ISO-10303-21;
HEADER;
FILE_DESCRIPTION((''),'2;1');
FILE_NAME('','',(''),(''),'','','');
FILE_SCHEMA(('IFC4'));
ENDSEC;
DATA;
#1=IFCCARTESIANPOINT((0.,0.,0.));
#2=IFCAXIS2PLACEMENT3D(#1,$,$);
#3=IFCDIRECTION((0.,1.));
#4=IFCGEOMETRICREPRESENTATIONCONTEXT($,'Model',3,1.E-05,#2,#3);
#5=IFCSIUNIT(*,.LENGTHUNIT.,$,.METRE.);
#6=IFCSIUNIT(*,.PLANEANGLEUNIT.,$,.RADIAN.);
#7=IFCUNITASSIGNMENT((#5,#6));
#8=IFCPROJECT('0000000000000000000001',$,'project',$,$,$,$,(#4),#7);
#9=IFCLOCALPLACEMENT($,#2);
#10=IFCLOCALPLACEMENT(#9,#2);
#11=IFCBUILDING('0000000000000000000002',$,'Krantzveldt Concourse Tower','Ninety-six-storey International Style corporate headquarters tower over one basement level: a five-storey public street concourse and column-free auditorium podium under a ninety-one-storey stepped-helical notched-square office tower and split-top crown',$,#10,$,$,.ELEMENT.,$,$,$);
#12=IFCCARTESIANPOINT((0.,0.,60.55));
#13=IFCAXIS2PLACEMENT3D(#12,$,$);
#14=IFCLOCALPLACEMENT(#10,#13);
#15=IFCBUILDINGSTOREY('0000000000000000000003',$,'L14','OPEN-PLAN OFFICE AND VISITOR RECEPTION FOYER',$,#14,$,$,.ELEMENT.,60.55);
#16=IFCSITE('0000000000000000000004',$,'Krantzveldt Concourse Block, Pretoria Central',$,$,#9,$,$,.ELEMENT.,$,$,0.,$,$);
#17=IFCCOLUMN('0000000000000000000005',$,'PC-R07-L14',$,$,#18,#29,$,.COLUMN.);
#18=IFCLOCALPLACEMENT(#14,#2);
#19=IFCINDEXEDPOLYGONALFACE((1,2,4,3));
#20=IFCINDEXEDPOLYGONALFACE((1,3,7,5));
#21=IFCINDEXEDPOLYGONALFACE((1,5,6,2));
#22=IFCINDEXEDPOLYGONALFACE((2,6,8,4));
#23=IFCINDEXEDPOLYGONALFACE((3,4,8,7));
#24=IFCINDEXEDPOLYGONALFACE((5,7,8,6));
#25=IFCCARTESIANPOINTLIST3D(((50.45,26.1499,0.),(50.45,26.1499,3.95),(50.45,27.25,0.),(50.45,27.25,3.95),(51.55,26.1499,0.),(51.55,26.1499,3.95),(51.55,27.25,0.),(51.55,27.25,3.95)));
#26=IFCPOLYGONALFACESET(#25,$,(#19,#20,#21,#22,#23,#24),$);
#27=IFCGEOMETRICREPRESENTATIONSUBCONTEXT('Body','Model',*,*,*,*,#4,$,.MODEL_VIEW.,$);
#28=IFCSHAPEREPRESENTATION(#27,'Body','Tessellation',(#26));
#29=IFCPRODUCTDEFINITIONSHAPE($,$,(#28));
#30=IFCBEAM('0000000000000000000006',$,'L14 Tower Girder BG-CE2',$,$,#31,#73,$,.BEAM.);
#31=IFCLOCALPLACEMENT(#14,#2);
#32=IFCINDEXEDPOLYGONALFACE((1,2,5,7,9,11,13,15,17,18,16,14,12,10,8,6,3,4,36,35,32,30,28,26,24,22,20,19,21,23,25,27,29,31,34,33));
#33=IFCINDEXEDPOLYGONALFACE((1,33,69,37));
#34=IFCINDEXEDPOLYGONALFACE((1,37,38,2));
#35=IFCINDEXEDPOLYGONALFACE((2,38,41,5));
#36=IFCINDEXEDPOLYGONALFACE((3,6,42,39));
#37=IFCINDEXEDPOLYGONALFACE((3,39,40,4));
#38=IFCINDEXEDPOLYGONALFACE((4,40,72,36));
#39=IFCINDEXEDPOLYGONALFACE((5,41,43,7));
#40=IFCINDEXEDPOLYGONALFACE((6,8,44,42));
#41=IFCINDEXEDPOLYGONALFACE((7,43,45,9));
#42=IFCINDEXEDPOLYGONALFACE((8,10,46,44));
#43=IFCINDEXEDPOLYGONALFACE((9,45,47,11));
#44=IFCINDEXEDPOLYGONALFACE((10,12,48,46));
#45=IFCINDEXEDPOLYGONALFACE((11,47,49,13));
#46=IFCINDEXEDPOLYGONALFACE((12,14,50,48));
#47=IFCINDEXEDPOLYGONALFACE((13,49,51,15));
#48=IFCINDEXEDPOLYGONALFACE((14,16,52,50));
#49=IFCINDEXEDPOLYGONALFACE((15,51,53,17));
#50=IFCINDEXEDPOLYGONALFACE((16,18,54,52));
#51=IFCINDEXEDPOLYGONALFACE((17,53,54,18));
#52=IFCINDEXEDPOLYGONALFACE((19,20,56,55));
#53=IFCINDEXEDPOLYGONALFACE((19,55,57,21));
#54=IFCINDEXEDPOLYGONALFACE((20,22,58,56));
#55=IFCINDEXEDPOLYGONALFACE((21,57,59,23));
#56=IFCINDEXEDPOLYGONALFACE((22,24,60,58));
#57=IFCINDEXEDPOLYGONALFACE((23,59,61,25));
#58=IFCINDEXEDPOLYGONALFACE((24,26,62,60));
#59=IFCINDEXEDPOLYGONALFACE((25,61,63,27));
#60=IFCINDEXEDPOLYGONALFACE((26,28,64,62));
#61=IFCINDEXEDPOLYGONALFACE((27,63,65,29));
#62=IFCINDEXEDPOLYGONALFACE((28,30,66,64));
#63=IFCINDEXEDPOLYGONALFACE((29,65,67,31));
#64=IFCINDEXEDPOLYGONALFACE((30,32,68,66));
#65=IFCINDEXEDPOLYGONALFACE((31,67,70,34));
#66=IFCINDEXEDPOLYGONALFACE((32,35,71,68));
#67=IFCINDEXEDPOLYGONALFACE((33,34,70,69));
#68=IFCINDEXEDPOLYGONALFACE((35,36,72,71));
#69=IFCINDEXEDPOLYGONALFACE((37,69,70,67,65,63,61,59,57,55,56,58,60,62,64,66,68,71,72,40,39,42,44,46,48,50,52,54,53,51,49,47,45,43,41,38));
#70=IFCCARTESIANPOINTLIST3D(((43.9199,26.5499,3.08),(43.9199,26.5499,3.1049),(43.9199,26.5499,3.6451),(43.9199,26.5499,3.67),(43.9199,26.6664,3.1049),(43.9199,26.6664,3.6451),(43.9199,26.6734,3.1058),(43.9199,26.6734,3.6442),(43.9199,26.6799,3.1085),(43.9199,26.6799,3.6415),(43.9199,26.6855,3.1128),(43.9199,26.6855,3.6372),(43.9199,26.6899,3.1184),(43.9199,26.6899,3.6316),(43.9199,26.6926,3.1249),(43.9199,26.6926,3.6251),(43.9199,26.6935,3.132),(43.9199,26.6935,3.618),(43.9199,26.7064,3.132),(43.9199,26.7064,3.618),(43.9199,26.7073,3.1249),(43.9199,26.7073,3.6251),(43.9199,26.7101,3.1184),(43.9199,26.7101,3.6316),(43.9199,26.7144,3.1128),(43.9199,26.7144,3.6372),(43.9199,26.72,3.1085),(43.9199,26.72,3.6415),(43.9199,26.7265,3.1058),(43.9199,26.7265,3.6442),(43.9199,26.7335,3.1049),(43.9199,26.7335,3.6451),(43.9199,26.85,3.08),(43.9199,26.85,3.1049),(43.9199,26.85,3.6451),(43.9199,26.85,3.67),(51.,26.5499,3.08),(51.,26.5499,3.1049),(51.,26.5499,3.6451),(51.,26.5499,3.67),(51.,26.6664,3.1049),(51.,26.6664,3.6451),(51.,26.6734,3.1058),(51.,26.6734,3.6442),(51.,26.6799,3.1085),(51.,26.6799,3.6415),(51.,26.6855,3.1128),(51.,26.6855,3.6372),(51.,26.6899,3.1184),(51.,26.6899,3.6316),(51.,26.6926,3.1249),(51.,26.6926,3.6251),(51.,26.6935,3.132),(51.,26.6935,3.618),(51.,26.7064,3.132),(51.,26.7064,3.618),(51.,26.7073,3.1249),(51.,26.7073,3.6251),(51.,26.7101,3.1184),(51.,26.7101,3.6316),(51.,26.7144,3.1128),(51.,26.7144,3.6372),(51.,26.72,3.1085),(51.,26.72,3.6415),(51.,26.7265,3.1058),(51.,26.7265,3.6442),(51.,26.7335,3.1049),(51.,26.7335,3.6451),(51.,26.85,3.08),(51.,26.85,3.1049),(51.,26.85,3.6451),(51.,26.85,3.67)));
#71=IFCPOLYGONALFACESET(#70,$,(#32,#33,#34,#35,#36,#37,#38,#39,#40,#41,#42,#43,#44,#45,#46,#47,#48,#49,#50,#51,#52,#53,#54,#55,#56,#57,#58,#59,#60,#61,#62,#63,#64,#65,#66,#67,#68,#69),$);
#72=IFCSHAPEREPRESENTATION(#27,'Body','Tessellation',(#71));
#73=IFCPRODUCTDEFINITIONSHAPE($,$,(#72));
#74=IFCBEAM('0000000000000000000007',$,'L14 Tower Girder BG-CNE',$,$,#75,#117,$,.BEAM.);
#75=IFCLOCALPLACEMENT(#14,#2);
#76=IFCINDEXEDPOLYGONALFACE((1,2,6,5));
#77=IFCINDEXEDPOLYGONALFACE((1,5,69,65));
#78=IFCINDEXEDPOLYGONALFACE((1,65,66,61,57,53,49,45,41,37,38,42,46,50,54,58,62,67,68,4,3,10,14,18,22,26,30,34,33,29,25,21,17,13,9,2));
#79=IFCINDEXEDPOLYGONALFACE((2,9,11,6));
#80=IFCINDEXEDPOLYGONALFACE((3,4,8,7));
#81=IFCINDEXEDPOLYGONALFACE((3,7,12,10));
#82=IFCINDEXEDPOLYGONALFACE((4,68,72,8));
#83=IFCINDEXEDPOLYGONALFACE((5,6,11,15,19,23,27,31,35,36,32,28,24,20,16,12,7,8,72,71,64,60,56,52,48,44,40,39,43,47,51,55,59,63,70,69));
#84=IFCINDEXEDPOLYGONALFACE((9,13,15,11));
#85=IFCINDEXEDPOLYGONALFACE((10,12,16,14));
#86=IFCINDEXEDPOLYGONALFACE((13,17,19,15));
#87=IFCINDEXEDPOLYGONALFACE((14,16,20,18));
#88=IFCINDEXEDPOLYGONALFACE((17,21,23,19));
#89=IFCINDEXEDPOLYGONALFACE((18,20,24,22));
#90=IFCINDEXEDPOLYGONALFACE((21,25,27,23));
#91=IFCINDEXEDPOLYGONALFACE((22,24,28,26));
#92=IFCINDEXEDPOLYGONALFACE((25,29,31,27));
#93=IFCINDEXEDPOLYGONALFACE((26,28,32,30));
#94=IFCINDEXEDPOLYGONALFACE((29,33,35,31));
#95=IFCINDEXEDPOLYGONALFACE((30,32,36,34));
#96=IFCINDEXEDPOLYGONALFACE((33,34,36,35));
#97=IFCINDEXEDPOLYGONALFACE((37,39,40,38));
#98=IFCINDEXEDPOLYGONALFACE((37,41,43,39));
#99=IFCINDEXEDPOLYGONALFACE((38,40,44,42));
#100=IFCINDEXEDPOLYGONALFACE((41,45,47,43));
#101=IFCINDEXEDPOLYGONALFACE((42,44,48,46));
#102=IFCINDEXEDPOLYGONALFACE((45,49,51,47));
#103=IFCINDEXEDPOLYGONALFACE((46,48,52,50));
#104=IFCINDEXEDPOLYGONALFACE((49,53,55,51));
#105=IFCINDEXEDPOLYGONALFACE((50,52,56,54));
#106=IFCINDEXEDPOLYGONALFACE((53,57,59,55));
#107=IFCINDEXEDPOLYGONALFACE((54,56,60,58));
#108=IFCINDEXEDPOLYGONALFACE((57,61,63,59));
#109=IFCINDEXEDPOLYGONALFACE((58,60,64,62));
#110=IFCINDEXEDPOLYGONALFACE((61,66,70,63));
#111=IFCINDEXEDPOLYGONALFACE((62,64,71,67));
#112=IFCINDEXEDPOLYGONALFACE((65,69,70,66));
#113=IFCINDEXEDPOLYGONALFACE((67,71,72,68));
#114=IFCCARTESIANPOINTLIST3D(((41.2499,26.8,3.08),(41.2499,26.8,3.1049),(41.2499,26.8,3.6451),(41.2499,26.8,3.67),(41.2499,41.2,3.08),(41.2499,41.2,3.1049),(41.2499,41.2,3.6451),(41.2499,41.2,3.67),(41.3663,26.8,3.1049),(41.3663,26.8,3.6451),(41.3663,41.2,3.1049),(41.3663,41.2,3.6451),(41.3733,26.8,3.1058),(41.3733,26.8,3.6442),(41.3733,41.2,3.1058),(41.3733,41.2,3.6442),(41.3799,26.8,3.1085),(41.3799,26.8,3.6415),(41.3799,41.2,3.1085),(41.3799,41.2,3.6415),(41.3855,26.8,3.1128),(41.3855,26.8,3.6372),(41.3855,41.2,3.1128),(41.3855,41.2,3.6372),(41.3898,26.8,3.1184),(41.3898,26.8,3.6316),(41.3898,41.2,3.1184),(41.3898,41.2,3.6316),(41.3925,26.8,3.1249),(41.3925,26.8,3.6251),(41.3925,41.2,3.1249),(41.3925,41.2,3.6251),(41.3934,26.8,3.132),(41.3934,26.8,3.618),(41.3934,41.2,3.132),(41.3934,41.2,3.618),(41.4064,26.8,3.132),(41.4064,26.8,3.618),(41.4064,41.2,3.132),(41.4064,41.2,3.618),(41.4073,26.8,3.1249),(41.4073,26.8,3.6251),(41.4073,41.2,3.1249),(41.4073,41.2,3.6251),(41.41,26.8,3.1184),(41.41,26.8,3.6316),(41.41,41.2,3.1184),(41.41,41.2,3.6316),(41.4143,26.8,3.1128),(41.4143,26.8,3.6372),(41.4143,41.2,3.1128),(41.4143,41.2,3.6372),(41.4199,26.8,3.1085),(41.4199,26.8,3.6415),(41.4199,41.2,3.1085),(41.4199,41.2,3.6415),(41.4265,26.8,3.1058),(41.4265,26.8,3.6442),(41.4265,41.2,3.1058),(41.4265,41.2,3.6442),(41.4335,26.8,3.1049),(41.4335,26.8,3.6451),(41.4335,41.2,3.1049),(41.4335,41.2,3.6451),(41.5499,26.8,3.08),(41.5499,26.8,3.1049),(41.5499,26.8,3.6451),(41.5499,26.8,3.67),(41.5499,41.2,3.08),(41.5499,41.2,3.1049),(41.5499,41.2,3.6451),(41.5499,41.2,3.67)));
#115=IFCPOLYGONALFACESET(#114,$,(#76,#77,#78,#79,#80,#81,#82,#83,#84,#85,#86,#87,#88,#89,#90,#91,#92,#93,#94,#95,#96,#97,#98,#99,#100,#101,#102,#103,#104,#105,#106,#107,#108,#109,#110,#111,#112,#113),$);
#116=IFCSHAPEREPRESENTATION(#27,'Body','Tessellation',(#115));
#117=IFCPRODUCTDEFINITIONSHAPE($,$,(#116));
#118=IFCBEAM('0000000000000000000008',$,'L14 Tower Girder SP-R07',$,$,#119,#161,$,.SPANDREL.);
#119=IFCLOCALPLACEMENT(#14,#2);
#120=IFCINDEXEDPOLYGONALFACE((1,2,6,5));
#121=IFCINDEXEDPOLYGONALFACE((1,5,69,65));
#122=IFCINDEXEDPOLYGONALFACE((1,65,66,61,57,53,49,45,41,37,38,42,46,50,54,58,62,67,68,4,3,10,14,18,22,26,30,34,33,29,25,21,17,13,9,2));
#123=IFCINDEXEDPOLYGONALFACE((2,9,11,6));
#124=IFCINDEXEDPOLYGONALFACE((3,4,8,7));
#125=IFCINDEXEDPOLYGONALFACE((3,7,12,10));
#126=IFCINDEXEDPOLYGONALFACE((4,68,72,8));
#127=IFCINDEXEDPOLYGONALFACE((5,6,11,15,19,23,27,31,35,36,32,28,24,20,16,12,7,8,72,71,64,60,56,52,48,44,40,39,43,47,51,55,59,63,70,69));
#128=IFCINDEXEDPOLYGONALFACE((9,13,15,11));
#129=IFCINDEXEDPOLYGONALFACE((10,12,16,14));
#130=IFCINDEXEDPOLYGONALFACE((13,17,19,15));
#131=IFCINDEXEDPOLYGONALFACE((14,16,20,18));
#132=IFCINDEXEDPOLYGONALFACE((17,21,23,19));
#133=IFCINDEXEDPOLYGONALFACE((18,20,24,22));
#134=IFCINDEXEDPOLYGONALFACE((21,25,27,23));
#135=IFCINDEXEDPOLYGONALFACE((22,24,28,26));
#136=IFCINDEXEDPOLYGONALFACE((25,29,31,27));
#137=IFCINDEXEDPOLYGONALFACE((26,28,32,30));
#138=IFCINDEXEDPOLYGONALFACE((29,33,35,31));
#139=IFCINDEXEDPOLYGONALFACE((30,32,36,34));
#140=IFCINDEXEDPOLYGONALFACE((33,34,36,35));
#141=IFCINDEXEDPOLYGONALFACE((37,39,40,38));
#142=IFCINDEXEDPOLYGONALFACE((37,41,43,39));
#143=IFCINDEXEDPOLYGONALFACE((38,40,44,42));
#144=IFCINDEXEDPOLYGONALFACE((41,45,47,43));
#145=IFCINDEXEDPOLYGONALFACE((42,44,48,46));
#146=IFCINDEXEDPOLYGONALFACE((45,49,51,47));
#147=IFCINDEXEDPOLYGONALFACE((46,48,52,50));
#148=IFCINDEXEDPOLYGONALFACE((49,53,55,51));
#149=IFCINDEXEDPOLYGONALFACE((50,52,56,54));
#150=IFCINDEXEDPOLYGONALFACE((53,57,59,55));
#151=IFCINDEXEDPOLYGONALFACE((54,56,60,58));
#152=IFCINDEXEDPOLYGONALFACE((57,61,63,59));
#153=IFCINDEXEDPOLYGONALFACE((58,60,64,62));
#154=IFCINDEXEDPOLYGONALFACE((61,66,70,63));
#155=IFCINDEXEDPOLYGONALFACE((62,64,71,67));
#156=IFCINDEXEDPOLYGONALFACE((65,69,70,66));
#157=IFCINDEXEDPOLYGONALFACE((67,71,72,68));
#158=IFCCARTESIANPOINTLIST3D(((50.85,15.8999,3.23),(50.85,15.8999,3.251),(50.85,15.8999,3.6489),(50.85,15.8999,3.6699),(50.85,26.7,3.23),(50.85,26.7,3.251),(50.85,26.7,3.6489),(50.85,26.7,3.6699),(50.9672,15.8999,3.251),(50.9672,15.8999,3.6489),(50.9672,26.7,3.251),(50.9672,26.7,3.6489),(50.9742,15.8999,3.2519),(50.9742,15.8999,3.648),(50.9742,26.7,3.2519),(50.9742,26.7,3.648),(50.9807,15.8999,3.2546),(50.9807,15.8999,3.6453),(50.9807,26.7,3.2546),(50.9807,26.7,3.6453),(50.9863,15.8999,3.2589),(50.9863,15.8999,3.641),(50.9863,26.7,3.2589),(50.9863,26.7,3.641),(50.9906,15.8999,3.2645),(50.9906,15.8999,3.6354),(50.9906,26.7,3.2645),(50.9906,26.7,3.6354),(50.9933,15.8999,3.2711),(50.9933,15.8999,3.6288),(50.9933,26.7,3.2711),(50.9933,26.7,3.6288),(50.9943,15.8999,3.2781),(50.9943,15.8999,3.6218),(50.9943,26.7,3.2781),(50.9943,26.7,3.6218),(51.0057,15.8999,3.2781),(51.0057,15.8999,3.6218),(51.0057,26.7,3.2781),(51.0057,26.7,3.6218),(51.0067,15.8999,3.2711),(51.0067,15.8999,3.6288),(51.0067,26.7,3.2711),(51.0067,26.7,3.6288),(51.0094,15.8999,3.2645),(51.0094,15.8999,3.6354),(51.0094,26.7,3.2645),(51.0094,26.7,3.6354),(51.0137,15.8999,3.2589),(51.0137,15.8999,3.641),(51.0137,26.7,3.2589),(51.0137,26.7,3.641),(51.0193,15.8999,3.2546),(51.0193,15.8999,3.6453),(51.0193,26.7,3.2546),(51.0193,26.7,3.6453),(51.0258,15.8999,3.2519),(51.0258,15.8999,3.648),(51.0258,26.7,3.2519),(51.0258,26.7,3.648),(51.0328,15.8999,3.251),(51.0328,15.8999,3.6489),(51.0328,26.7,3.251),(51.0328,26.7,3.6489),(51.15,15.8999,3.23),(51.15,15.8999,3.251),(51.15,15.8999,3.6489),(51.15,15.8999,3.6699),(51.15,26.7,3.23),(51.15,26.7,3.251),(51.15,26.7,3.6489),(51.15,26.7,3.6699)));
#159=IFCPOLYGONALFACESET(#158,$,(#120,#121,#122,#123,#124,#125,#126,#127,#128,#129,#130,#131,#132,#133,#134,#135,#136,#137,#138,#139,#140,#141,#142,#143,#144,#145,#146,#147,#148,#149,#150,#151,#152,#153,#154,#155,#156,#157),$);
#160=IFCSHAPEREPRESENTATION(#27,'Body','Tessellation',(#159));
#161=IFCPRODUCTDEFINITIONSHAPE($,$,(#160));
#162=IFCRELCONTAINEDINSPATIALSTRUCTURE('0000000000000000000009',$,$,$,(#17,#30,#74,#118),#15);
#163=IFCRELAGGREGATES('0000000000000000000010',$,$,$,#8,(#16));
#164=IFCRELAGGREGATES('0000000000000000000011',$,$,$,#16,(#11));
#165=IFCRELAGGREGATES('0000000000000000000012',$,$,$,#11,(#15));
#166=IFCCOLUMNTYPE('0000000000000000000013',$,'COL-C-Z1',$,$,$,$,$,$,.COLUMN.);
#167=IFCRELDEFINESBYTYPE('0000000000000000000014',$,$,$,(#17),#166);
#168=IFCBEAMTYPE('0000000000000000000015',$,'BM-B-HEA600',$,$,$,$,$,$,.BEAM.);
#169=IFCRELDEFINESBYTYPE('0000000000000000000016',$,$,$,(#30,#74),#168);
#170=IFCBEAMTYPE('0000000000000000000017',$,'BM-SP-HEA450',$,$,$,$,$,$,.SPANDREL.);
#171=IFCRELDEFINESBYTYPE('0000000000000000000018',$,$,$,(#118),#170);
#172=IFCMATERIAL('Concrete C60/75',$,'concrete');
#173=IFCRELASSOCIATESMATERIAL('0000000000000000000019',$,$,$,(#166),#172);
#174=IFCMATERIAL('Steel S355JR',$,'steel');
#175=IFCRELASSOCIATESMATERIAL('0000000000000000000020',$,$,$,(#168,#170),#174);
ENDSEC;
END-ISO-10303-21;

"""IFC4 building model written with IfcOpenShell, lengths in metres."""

from ifc_helpers import new_model, si_unit, direction, frame, origin, origin_2d, place, context, subcontext, project, spatial, rectangle, i_section, extrude, source, transform, mapped, material, material_profile, profile_set, type_object, type_shapes, element, save


model = new_model("IFC4")

# Units and contexts
model_context = context("Model", 3, precision=1e-05, world=origin(), true_north=direction((0.0, 1.0)))
body_context = subcontext(model_context, "Body", "Model", "MODEL_VIEW")
ifc_project = project(units=[si_unit("LENGTHUNIT", "METRE"), si_unit("PLANEANGLEUNIT", "RADIAN")], contexts=[model_context])

# Site, building, storey
site_placement = place(None, origin())
site = spatial("IfcSite", under=ifc_project, at=site_placement, Name="Krantzveldt Concourse Block, Pretoria Central", CompositionType="ELEMENT", RefElevation=0.0)
building_placement = place(site_placement, origin())
building = spatial("IfcBuilding", under=site, at=building_placement, Name="Krantzveldt Concourse Tower", Description="Ninety-six-storey International Style corporate headquarters tower over one basement level: a five-storey public street concourse and column-free auditorium podium under a ninety-one-storey stepped-helical notched-square office tower and split-top crown", CompositionType="ELEMENT")
storey_placement = place(building_placement, frame((0.0, 0.0, 60.55)))
storey = spatial("IfcBuildingStorey", under=building, at=storey_placement, Name="L14", Description="OPEN-PLAN OFFICE AND VISITOR RECEPTION FOYER", CompositionType="ELEMENT", Elevation=60.55)

# Column
ifc_material_1 = material(Name="Concrete C60/75", Category="concrete")
ifc_material_profile_1 = material_profile(ifc_material_1, rectangle(XDim=1.1001, YDim=1.1001, at=origin_2d()), Name="Concrete C60/75", Category="concrete")
ifc_profile_set_1 = profile_set([ifc_material_profile_1], Name="Concrete C60/75 - RC 1100x1100")
column_type = type_object("IfcColumnType", Name="COL-C-Z1", PredefinedType="COLUMN", material=ifc_profile_set_1)
shared_shape_1 = source(origin(), body_context, "Body", "SweptSolid", [
    extrude(rectangle(XDim=1.1001, YDim=1.1001, at=origin_2d()), origin(), (0.0, 0.0, 1.0), 3.95),
])
type_shapes(column_type, [shared_shape_1])
column_placement = place(storey_placement, frame((51.0, 26.7, 0.0), z_axis=(0.0, 0.0, 1.0), x_axis=(1.0, 0.0, 0.0)))
element("IfcColumn", 1, at=column_placement, inside=storey, type_object=column_type, Name="PC-R07-L14", PredefinedType="COLUMN", context=body_context, shape_type="MappedRepresentation", body=[
    mapped(shared_shape_1, transform((0.0, 0.0, 0.0), x_axis=(1.0, 0.0, 0.0), y_axis=(0.0, 1.0, 0.0), z_axis=(0.0, 0.0, 1.0), scale=1.0)),
])

# Beams
ifc_material_2 = material(Name="Steel S355JR", Category="steel")
ifc_material_profile_2 = material_profile(ifc_material_2, i_section(OverallWidth=0.3, OverallDepth=0.5901, WebThickness=0.0129, FlangeThickness=0.0249, FilletRadius=0.0271, at=origin_2d()), Name="Steel S355JR", Category="steel")
ifc_profile_set_2 = profile_set([ifc_material_profile_2], Name="Steel S355JR - HEA 600")
beam_type_1 = type_object("IfcBeamType", Name="BM-B-HEA600", PredefinedType="BEAM", material=ifc_profile_set_2)
shared_shape_2 = source(origin(), body_context, "Body", "SweptSolid", [
    extrude(i_section(OverallWidth=0.3, OverallDepth=0.5901, WebThickness=0.0129, FlangeThickness=0.0249, FilletRadius=0.0271, at=origin_2d()), origin(), (0.0, 0.0, 1.0), 7.0801),
])
beam_1_placement = place(storey_placement, frame((43.9199, 26.7, 3.375), z_axis=(1.0, 0.0, 0.0), x_axis=(0.0, 1.0, 0.0)))
element("IfcBeam", 2, at=beam_1_placement, inside=storey, type_object=beam_type_1, Name="L14 Tower Girder BG-CE2", PredefinedType="BEAM", context=body_context, shape_type="MappedRepresentation", body=[
    mapped(shared_shape_2, transform((0.0, 0.0, 0.0), x_axis=(1.0, 0.0, 0.0), y_axis=(0.0, 1.0, 0.0), z_axis=(0.0, 0.0, 1.0), scale=1.0)),
])
shared_shape_3 = source(origin(), body_context, "Body", "SweptSolid", [
    extrude(i_section(OverallWidth=0.3, OverallDepth=0.5901, WebThickness=0.0129, FlangeThickness=0.0249, FilletRadius=0.0271, at=origin_2d()), origin(), (0.0, 0.0, 1.0), 14.3999),
])
type_shapes(beam_type_1, [shared_shape_2, shared_shape_3])
beam_2_placement = place(storey_placement, frame((41.3999, 26.8, 3.375), z_axis=(0.0, 1.0, 0.0), x_axis=(-1.0, 0.0, 0.0)))
element("IfcBeam", 3, at=beam_2_placement, inside=storey, type_object=beam_type_1, Name="L14 Tower Girder BG-CNE", PredefinedType="BEAM", context=body_context, shape_type="MappedRepresentation", body=[
    mapped(shared_shape_3, transform((0.0, 0.0, 0.0), x_axis=(1.0, 0.0, 0.0), y_axis=(0.0, 1.0, 0.0), z_axis=(0.0, 0.0, 1.0), scale=1.0)),
])
ifc_material_profile_3 = material_profile(ifc_material_2, i_section(OverallWidth=0.3, OverallDepth=0.4399, WebThickness=0.0115, FlangeThickness=0.021, FilletRadius=0.0271, at=origin_2d()), Name="Steel S355JR", Category="steel")
ifc_profile_set_3 = profile_set([ifc_material_profile_3], Name="Steel S355JR - HEA 450")
beam_type_2 = type_object("IfcBeamType", Name="BM-SP-HEA450", PredefinedType="SPANDREL", material=ifc_profile_set_3)
shared_shape_4 = source(origin(), body_context, "Body", "SweptSolid", [
    extrude(i_section(OverallWidth=0.3, OverallDepth=0.4399, WebThickness=0.0115, FlangeThickness=0.021, FilletRadius=0.0271, at=origin_2d()), origin(), (0.0, 0.0, 1.0), 10.8),
])
type_shapes(beam_type_2, [shared_shape_4])
beam_3_placement = place(storey_placement, frame((51.0, 26.7, 3.45), z_axis=(0.0, -1.0, 0.0), x_axis=(1.0, 0.0, 0.0)))
element("IfcBeam", 4, at=beam_3_placement, inside=storey, type_object=beam_type_2, Name="L14 Tower Girder SP-R07", PredefinedType="SPANDREL", context=body_context, shape_type="MappedRepresentation", body=[
    mapped(shared_shape_4, transform((0.0, 0.0, 0.0), x_axis=(1.0, 0.0, 0.0), y_axis=(0.0, 1.0, 0.0), z_axis=(0.0, 0.0, 1.0), scale=1.0)),
])

save(model, "model.ifc")
